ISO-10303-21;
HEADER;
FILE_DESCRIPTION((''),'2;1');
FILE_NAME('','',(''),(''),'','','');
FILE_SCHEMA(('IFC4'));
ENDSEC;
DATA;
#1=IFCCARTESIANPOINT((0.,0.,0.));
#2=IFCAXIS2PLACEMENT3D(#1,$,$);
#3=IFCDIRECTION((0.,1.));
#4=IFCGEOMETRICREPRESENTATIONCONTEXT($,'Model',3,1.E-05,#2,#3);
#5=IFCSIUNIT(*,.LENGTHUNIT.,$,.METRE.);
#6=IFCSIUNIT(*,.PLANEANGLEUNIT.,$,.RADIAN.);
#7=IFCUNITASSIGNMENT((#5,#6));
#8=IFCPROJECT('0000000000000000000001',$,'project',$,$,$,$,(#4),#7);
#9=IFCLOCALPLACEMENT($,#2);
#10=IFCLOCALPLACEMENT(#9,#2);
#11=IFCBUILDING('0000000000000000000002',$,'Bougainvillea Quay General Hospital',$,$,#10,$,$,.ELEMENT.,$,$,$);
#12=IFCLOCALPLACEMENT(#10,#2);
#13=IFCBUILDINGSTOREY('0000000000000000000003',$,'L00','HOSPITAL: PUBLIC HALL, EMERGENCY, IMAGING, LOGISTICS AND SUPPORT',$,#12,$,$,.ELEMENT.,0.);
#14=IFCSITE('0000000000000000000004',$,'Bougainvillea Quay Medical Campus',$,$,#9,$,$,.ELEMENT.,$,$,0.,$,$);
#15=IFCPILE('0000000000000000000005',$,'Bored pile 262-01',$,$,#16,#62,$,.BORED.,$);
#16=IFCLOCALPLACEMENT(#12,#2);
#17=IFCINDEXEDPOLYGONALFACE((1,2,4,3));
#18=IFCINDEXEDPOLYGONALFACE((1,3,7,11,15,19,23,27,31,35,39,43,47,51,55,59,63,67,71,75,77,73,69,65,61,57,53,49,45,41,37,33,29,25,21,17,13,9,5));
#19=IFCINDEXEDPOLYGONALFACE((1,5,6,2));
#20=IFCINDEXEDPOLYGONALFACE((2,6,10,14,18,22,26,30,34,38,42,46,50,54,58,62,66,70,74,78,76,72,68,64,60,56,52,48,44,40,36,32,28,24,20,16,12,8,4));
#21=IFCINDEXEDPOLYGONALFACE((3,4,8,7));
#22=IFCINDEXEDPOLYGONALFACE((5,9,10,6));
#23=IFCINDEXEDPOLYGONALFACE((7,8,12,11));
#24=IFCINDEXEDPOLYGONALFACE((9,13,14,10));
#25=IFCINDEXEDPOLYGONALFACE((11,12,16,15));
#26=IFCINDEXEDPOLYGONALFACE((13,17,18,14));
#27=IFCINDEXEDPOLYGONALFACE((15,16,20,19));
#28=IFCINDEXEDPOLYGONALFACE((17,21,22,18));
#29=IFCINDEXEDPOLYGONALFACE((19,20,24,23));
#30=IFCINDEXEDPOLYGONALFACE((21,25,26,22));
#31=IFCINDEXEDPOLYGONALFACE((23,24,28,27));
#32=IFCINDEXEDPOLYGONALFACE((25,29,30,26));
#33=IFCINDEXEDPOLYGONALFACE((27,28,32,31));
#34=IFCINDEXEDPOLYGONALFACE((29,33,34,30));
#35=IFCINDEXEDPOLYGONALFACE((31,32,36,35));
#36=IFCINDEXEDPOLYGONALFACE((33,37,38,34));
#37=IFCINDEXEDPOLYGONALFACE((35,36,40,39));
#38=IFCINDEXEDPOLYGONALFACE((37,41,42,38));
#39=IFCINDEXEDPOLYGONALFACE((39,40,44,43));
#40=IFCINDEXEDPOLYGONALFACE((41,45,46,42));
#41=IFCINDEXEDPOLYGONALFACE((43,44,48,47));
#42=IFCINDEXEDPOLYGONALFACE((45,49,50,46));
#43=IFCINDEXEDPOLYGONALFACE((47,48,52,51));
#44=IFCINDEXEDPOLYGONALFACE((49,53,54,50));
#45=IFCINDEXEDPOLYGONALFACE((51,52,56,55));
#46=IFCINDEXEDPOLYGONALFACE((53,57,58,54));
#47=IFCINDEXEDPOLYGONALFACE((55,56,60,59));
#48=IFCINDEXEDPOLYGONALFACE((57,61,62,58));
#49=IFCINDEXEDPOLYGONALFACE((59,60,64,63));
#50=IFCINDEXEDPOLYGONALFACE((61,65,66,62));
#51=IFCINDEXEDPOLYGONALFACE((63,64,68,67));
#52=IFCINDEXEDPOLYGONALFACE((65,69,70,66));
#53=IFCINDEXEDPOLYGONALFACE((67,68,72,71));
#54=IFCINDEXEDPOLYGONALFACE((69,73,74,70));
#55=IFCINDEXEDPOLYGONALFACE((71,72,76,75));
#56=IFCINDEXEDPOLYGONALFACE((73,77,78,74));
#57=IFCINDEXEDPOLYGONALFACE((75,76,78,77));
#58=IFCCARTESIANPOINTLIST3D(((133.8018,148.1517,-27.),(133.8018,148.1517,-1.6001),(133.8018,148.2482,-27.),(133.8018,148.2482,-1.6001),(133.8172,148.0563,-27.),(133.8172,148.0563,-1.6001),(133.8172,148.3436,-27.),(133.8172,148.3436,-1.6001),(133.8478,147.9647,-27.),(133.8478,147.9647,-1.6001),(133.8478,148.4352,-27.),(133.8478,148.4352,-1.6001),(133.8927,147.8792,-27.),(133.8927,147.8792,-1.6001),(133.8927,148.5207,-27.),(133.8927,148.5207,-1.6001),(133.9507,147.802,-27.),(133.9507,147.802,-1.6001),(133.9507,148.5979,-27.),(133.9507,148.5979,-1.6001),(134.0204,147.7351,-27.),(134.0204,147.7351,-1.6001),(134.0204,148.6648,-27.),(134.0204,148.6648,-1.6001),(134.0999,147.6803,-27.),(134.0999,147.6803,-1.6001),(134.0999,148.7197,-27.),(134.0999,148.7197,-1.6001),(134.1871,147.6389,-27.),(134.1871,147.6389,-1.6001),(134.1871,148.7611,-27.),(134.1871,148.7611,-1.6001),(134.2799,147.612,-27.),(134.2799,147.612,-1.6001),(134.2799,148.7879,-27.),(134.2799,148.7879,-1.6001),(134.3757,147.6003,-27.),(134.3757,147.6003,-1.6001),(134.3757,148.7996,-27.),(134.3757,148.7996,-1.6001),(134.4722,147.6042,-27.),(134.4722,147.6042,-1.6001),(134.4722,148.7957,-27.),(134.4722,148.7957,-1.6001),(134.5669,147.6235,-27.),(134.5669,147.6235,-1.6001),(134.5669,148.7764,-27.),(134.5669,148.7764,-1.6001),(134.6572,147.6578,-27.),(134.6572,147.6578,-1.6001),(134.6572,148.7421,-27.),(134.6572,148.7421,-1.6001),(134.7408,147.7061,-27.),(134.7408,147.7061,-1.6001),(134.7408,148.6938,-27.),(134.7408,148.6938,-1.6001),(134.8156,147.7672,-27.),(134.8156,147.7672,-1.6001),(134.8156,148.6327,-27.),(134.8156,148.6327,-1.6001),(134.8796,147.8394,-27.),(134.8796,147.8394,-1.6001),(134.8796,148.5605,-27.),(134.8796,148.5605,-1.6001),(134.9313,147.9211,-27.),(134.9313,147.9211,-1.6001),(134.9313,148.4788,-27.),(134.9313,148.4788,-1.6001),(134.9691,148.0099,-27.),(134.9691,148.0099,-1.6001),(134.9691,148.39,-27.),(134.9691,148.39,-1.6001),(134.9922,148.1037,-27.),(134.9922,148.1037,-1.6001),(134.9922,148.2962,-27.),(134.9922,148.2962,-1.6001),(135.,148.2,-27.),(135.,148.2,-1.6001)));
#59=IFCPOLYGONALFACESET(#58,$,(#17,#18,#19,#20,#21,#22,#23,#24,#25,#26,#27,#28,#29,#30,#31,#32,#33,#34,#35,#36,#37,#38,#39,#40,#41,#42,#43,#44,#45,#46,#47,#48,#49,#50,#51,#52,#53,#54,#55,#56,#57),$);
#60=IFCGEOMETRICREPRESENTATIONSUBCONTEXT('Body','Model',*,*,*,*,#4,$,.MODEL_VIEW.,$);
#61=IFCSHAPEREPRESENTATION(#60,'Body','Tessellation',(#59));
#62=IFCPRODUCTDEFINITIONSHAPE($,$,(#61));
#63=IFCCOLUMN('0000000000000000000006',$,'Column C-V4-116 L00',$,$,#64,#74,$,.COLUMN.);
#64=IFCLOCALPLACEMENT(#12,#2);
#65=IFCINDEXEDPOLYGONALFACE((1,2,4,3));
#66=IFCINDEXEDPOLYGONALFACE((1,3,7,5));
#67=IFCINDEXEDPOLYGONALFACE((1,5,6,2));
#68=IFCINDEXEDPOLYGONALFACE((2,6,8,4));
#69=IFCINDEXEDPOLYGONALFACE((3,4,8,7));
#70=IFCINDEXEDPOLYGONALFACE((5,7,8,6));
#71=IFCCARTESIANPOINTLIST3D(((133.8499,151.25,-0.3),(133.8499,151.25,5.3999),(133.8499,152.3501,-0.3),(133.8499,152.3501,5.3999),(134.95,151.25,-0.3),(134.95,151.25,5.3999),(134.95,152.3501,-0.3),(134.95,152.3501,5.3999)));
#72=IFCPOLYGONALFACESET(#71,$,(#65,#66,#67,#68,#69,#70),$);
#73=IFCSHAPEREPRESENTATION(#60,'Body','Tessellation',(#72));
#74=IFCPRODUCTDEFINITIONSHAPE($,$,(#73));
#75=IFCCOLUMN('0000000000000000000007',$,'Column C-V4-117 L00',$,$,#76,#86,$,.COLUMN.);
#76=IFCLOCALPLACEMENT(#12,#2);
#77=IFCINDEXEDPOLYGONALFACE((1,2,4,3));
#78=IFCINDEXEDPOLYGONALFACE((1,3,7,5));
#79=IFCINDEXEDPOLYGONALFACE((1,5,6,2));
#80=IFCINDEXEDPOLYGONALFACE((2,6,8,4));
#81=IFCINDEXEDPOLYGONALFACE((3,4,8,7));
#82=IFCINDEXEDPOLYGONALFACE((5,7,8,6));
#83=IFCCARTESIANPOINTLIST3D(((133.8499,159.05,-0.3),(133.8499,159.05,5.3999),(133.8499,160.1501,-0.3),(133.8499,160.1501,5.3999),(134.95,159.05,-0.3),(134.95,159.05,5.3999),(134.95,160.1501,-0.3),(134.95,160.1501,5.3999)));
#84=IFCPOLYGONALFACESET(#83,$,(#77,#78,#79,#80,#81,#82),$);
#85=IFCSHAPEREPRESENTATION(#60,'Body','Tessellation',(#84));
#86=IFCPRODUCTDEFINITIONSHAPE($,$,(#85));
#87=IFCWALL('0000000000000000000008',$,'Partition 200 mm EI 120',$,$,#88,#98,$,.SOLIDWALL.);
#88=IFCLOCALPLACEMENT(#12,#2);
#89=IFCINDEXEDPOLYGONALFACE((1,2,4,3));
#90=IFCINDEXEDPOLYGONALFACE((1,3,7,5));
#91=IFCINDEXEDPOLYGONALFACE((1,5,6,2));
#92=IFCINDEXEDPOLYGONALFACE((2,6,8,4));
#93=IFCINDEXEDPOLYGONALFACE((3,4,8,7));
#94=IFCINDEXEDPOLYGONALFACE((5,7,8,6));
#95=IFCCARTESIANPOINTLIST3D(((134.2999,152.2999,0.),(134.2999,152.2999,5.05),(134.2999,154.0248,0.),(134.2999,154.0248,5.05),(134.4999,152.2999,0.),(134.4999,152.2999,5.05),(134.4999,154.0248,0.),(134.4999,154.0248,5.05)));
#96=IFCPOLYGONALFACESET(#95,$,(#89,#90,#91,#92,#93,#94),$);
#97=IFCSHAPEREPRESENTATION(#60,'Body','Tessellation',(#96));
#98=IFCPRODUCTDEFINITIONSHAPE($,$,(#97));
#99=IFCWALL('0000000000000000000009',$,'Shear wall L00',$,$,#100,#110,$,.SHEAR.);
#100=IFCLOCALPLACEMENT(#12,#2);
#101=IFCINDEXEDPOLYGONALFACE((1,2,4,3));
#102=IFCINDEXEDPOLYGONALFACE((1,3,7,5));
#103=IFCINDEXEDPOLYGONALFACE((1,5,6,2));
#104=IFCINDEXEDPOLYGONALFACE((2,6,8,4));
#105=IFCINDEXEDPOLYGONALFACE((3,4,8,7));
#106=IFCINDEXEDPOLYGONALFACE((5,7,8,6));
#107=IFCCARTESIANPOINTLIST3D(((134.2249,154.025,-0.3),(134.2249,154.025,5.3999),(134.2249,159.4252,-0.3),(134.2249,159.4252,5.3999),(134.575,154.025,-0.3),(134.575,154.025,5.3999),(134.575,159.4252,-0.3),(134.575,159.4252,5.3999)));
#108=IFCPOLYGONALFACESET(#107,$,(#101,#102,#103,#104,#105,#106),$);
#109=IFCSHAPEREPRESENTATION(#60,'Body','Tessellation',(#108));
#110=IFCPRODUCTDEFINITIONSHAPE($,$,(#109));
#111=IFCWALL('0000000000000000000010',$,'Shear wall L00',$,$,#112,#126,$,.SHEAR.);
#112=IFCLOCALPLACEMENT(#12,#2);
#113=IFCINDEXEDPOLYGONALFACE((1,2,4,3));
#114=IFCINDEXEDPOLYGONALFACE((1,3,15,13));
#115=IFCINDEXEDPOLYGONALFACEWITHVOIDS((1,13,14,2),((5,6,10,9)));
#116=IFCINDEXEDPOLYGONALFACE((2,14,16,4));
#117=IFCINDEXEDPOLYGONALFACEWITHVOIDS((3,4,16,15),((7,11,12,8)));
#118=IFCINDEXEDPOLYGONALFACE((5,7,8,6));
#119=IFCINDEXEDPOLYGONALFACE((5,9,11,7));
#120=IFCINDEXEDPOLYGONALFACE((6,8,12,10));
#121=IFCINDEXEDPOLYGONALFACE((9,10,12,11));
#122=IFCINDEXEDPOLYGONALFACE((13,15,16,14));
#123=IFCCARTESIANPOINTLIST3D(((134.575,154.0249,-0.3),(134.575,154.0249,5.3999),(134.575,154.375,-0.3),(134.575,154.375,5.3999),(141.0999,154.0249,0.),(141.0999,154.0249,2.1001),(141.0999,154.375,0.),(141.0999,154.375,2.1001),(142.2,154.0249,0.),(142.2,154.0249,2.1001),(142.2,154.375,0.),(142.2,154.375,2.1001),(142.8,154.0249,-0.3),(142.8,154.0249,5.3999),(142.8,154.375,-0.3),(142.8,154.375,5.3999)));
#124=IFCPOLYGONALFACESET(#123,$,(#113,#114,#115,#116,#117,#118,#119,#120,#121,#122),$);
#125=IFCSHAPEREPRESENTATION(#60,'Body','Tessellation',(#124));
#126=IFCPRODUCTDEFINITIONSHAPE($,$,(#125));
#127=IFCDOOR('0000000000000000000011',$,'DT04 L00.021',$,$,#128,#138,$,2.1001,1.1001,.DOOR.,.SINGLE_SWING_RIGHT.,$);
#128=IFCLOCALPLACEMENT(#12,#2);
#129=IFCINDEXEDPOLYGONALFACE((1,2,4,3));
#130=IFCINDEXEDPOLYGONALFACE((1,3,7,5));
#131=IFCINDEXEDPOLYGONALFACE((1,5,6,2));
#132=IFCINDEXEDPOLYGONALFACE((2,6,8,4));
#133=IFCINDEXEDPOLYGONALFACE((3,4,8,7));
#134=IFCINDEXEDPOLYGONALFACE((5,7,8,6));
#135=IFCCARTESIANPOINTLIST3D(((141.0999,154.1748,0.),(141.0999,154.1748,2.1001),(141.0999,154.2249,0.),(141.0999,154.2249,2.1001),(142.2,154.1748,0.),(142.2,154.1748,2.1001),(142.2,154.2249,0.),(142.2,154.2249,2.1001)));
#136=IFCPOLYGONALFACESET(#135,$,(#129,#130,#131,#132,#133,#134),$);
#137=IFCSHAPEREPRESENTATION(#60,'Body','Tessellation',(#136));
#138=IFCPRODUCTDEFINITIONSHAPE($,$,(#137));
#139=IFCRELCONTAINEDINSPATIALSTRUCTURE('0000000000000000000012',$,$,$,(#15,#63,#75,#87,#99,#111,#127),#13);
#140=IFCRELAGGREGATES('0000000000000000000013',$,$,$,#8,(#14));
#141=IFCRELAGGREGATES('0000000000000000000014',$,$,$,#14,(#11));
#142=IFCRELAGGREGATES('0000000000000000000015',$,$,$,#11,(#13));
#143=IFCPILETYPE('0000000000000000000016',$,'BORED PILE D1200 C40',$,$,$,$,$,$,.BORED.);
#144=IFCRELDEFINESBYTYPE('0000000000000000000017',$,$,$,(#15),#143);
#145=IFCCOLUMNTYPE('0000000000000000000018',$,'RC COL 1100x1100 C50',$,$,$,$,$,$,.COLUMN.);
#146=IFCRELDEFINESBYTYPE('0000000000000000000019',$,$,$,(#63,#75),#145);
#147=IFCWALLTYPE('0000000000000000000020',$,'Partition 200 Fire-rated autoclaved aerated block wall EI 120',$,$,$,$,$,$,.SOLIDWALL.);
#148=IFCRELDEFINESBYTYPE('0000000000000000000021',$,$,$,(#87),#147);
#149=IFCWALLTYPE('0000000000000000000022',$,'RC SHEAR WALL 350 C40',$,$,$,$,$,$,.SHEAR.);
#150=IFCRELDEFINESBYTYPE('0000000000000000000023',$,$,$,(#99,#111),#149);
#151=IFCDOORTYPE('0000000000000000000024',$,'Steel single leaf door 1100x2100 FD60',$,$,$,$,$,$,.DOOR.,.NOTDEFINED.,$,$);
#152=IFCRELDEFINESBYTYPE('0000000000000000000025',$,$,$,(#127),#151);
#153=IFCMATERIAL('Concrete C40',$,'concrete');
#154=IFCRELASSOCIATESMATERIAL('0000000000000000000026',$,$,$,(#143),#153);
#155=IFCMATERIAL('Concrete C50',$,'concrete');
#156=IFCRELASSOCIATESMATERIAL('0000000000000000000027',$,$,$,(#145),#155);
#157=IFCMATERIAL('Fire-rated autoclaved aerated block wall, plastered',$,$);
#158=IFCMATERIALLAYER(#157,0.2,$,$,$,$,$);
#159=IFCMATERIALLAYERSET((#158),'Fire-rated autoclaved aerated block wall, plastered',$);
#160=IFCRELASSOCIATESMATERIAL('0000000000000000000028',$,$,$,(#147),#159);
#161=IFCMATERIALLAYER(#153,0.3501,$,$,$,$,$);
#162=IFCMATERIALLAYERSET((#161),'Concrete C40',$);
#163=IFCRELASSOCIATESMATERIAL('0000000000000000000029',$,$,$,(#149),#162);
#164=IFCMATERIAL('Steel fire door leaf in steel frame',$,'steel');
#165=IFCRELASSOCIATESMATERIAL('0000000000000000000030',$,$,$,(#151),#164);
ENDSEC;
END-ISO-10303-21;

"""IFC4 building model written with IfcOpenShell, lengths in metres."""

from ifc_helpers import new_model, si_unit, direction, frame, frame_2d, origin, origin_2d, place, context, subcontext, project, spatial, rectangle, circle, extrude, material, layer, layer_set, material_profile, profile_set, type_object, element, fill, save


model = new_model("IFC4")

# Units and contexts
model_context = context("Model", 3, precision=1e-05, world=origin(), true_north=direction((0.0, 1.0)))
body_context = subcontext(model_context, "Body", "Model", "MODEL_VIEW")
ifc_project = project(units=[si_unit("LENGTHUNIT", "METRE"), si_unit("PLANEANGLEUNIT", "RADIAN")], contexts=[model_context])

# Site, building, storey
site_placement = place(None, origin())
site = spatial("IfcSite", under=ifc_project, at=site_placement, Name="Bougainvillea Quay Medical Campus", CompositionType="ELEMENT", RefElevation=0.0)
building_placement = place(site_placement, origin())
building = spatial("IfcBuilding", under=site, at=building_placement, Name="Bougainvillea Quay General Hospital", CompositionType="ELEMENT")
storey_placement = place(building_placement, origin())
storey = spatial("IfcBuildingStorey", under=building, at=storey_placement, Name="L00", Description="HOSPITAL: PUBLIC HALL, EMERGENCY, IMAGING, LOGISTICS AND SUPPORT", CompositionType="ELEMENT", Elevation=0.0)

# Pile
ifc_material_1 = material(Name="Concrete C40", Category="concrete")
ifc_material_profile_1 = material_profile(ifc_material_1, circle(Radius=0.6001, at=origin_2d()))
ifc_profile_set_1 = profile_set([ifc_material_profile_1], Name="Concrete C40")
pile_type = type_object("IfcPileType", Name="BORED PILE D1200 C40", PredefinedType="BORED", material=ifc_profile_set_1)
pile_placement = place(storey_placement, frame((134.3999, 148.2, -1.6001), z_axis=(0.0, 0.0, -1.0), x_axis=(1.0, 0.0, 0.0)))
element("IfcPile", 1, at=pile_placement, inside=storey, type_object=pile_type, Name="Bored pile 262-01", PredefinedType="BORED", context=body_context, shape_type="SweptSolid", body=[
    extrude(circle(Radius=0.6001, at=origin_2d()), origin(), (0.0, 0.0, 1.0), 25.3999),
])

# Columns
ifc_material_2 = material(Name="Concrete C50", Category="concrete")
ifc_material_profile_2 = material_profile(ifc_material_2, rectangle(XDim=1.1001, YDim=1.1001, at=origin_2d()))
ifc_profile_set_2 = profile_set([ifc_material_profile_2], Name="Concrete C50")
column_type = type_object("IfcColumnType", Name="RC COL 1100x1100 C50", PredefinedType="COLUMN", material=ifc_profile_set_2)
for number, where, z_axis, x_axis, name in (
    (2, (134.3999, 151.8, -0.3), (0.0, 0.0, 1.0), (1.0, 0.0, 0.0), "Column C-V4-116 L00"),
    (3, (134.3999, 159.6001, -0.3), (0.0, 0.0, 1.0), (1.0, 0.0, 0.0), "Column C-V4-117 L00"),
):
    element("IfcColumn", number, at=place(storey_placement, frame(where, z_axis=z_axis, x_axis=x_axis)), inside=storey, type_object=column_type, Name=name, PredefinedType="COLUMN", context=body_context, shape_type="SweptSolid", body=[
        extrude(rectangle(XDim=1.1001, YDim=1.1001, at=origin_2d()), origin(), (0.0, 0.0, 1.0), 5.7),
    ])

# Walls
ifc_material_3 = material(Name="Fire-rated autoclaved aerated block wall, plastered")
ifc_layer_1 = layer(ifc_material_3, 0.2)
ifc_layer_set_1 = layer_set([ifc_layer_1], Name="Fire-rated autoclaved aerated block wall, plastered")
wall_type_1 = type_object("IfcWallType", Name="Partition 200 Fire-rated autoclaved aerated block wall EI 120", PredefinedType="SOLIDWALL", material=ifc_layer_set_1)
wall_1_placement = place(storey_placement, frame((134.3999, 152.3, 0.0), z_axis=(0.0, 0.0, 1.0), x_axis=(0.0, 1.0, 0.0)))
element("IfcWall", 4, at=wall_1_placement, inside=storey, type_object=wall_type_1, Name="Partition 200 mm EI 120", PredefinedType="SOLIDWALL", context=body_context, shape_type="SweptSolid", body=[
    extrude(rectangle(XDim=1.7249, YDim=0.2, at=frame_2d((0.8623, 0.0))), origin(), (0.0, 0.0, 1.0), 5.05),
])
ifc_layer_2 = layer(ifc_material_1, 0.3501)
ifc_layer_set_2 = layer_set([ifc_layer_2], Name="Concrete C40")
wall_type_2 = type_object("IfcWallType", Name="RC SHEAR WALL 350 C40", PredefinedType="SHEAR", material=ifc_layer_set_2)
wall_2_placement = place(storey_placement, frame((134.3999, 154.0249, -0.3), z_axis=(0.0, 0.0, 1.0), x_axis=(0.0, 1.0, 0.0)))
element("IfcWall", 5, at=wall_2_placement, inside=storey, type_object=wall_type_2, Name="Shear wall L00", PredefinedType="SHEAR", context=body_context, shape_type="SweptSolid", body=[
    extrude(rectangle(XDim=5.4001, YDim=0.3501, at=frame_2d((2.7002, 0.0))), origin(), (0.0, 0.0, 1.0), 5.7),
])

# Wall, opening, door
wall_3_placement = place(storey_placement, frame((134.575, 154.2, -0.3), z_axis=(0.0, 0.0, 1.0), x_axis=(1.0, 0.0, 0.0)))
wall_3 = element("IfcWall", 6, at=wall_3_placement, inside=storey, type_object=wall_type_2, Name="Shear wall L00", PredefinedType="SHEAR", context=body_context, shape_type="SweptSolid", body=[
    extrude(rectangle(XDim=8.2251, YDim=0.3501, at=frame_2d((4.1125, 0.0))), origin(), (0.0, 0.0, 1.0), 5.7),
])
opening_placement = place(wall_3_placement, frame((6.5249, 0.0, 0.3)))
opening = element("IfcOpeningElement", 7, at=opening_placement, cuts=wall_3, PredefinedType="OPENING", context=body_context, shape_type="SweptSolid", body=[
    extrude(rectangle(XDim=1.1001, YDim=2.1001, at=frame_2d((0.55, 1.05))), frame((0.0, 0.1851, 0.0), z_axis=(0.0, -1.0, 0.0), x_axis=(1.0, 0.0, 0.0)), (0.0, 0.0, 1.0), 0.3701),
])
ifc_material_4 = material(Name="Steel fire door leaf in steel frame", Category="steel")
door_type = type_object("IfcDoorType", Name="Steel single leaf door 1100x2100 FD60", OperationType="NOTDEFINED", PredefinedType="DOOR", material=ifc_material_4)
door_placement = place(opening_placement, origin())
door = element("IfcDoor", 8, at=door_placement, inside=storey, type_object=door_type, Name="DT04 L00.021", OperationType="SINGLE_SWING_RIGHT", OverallHeight=2.1001, OverallWidth=1.1001, PredefinedType="DOOR", context=body_context, shape_type="SweptSolid", body=[
    extrude(rectangle(XDim=1.1001, YDim=2.1001, at=frame_2d((0.55, 1.05))), frame((0.0, 0.0249, 0.0), z_axis=(0.0, -1.0, 0.0), x_axis=(1.0, 0.0, 0.0)), (0.0, 0.0, 1.0), 0.05),
])
fill(opening, door)

save(model, "model.ifc")
